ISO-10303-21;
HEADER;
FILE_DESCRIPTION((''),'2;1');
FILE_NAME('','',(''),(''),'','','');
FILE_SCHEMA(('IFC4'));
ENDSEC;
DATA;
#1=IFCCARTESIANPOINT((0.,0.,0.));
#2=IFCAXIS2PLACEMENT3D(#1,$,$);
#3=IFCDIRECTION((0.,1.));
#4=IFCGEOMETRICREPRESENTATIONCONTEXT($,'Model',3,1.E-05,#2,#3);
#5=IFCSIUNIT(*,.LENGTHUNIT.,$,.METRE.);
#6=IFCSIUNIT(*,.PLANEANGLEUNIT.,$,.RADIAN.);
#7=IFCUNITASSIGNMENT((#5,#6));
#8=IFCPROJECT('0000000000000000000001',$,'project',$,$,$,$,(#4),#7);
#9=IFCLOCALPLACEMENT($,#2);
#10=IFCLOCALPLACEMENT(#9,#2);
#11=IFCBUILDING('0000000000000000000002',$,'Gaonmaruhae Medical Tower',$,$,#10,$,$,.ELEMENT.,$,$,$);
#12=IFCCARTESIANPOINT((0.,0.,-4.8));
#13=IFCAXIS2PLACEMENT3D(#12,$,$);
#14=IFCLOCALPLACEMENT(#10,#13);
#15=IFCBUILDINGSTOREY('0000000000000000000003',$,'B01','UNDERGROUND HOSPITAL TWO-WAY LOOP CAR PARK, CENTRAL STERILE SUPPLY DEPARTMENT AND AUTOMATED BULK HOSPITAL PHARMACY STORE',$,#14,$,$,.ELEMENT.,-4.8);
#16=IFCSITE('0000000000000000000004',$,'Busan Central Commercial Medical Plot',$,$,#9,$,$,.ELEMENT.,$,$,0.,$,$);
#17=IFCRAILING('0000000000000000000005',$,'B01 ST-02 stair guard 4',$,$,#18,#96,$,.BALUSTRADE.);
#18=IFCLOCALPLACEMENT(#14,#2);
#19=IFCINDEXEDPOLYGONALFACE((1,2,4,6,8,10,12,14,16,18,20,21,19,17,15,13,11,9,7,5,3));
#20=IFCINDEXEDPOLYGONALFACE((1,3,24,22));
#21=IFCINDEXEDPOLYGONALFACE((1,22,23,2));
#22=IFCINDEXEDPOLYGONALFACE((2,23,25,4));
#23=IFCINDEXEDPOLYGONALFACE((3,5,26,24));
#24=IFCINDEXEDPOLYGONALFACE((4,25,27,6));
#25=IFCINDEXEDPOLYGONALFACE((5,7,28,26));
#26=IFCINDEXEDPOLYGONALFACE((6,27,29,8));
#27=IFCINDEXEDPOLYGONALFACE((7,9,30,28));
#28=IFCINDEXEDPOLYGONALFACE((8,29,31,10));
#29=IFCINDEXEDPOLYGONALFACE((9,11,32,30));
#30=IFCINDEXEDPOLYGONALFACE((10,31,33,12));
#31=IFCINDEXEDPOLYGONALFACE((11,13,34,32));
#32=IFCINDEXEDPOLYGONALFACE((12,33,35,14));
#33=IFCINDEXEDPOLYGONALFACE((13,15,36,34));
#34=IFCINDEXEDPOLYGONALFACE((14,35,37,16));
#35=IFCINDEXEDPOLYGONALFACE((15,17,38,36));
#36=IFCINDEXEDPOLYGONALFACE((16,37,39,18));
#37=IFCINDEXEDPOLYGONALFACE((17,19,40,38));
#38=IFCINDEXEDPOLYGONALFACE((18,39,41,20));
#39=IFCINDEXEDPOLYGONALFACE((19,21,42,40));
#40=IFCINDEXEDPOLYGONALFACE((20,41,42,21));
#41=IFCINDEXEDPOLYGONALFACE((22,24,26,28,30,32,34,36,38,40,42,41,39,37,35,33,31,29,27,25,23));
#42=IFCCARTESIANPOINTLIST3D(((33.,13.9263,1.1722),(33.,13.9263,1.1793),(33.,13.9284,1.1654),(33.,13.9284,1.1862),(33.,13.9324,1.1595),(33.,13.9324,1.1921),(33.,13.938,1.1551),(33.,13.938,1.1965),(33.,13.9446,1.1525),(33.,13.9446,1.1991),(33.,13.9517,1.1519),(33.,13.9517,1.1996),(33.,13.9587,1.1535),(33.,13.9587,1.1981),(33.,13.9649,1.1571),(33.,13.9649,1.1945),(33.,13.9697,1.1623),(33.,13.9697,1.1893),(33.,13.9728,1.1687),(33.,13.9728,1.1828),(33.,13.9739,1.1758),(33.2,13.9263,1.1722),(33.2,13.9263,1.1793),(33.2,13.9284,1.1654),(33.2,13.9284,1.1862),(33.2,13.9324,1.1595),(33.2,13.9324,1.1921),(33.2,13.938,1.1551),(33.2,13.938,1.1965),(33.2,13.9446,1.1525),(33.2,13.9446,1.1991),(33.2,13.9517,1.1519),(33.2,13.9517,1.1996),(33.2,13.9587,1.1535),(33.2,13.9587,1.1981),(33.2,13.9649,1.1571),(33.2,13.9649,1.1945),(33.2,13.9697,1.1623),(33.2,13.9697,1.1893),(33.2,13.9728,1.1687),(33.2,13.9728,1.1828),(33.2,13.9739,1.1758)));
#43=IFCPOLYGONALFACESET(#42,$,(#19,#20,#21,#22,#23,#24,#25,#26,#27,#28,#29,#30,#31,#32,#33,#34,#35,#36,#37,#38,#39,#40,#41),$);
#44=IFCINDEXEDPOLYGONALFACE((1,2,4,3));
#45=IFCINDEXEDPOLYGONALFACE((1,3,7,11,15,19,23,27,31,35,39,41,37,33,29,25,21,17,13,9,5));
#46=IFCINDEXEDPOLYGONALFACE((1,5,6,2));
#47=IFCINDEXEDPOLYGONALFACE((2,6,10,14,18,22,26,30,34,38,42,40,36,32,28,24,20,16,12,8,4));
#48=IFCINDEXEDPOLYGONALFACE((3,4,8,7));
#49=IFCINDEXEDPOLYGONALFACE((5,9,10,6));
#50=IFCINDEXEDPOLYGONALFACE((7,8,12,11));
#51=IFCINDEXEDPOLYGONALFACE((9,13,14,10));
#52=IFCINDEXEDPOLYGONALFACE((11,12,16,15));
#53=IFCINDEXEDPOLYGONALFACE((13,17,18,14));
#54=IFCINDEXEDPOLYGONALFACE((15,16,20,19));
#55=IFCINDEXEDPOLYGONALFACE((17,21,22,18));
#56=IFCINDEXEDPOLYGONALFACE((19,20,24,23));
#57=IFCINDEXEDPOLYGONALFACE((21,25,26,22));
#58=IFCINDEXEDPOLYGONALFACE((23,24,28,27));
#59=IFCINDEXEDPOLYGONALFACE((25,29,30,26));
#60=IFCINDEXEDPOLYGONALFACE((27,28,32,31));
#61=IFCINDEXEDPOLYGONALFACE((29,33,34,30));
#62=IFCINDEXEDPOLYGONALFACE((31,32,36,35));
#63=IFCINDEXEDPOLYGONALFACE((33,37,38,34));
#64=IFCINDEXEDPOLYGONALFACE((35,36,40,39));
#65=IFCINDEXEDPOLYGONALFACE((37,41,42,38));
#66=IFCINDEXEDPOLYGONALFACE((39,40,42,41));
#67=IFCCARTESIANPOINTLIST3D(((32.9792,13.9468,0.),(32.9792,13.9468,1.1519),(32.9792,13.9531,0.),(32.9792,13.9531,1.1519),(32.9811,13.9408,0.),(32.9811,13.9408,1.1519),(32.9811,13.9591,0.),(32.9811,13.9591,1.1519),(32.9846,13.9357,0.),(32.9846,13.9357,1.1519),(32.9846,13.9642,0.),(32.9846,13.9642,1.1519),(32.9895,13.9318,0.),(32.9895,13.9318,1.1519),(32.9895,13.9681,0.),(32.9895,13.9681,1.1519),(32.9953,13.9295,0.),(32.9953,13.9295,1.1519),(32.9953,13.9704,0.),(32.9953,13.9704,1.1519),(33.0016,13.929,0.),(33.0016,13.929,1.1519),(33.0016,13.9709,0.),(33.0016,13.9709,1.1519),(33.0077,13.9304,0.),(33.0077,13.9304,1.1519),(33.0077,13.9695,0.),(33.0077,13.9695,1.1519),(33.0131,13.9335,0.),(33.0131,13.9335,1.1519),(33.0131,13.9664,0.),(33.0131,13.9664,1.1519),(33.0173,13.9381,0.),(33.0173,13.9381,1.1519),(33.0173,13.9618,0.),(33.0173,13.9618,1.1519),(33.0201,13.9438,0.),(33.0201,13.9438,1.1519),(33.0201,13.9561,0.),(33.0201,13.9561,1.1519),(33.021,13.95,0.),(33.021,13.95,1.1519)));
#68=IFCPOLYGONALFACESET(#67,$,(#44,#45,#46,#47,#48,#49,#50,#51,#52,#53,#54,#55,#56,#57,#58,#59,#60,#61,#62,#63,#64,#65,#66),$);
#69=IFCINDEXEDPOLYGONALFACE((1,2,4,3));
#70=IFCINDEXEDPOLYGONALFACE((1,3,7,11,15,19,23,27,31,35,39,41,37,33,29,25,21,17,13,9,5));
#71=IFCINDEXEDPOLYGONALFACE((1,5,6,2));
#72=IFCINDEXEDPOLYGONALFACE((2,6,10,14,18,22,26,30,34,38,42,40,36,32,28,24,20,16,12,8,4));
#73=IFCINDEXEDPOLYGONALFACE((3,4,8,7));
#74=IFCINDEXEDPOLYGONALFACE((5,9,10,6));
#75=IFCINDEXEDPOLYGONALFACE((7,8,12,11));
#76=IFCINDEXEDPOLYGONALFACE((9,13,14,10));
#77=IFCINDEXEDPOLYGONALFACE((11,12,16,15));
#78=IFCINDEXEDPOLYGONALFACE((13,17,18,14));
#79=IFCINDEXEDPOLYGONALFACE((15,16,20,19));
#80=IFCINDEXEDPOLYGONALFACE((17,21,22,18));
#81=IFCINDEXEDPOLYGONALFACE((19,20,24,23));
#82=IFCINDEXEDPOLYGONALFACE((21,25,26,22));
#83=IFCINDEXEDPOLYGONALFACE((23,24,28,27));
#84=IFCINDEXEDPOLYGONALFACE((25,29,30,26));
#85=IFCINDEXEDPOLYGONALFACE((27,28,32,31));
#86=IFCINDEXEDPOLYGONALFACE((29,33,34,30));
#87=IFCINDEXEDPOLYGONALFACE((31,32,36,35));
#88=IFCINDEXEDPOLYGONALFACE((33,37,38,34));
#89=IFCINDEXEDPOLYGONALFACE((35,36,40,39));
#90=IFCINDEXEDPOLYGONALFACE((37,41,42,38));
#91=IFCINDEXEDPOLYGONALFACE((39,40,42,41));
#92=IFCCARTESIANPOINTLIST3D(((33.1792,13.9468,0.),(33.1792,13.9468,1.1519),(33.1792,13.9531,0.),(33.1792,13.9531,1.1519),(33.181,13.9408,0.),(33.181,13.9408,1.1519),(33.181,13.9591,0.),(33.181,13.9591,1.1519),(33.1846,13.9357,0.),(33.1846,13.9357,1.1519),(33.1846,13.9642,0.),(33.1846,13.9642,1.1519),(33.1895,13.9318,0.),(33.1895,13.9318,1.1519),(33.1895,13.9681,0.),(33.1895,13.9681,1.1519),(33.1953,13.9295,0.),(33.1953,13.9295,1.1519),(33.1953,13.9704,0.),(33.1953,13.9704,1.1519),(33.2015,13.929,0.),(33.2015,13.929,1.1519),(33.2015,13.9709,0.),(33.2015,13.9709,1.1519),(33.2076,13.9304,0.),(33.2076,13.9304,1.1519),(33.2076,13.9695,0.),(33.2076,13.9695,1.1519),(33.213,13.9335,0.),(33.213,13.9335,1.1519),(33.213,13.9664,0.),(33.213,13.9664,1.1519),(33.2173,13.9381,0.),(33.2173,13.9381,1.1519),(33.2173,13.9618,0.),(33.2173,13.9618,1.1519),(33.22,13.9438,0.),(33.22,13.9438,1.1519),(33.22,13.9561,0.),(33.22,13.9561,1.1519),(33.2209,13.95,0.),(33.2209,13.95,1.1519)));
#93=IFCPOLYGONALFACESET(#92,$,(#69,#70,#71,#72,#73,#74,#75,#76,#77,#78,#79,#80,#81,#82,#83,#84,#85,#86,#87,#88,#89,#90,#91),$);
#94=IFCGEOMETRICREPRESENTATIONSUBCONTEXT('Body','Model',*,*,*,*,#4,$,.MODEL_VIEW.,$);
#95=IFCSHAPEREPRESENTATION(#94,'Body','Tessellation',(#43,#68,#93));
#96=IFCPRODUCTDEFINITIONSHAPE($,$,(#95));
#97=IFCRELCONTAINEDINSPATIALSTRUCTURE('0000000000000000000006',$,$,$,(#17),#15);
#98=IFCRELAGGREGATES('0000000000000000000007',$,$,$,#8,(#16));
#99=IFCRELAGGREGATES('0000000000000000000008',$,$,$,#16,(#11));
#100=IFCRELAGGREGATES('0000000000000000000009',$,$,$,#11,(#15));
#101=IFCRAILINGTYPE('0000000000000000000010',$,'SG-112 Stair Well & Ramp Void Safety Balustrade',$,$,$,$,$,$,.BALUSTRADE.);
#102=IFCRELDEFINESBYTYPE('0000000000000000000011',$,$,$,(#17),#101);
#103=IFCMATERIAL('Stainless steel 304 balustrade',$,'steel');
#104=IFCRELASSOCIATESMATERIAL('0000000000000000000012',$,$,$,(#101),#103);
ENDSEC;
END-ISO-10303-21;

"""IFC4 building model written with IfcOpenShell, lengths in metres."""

from ifc_helpers import new_model, si_unit, direction, frame, origin, origin_2d, place, context, subcontext, project, spatial, circle, extrude, material, type_object, element, save


model = new_model("IFC4")

# Units and contexts
model_context = context("Model", 3, precision=1e-05, world=origin(), true_north=direction((0.0, 1.0)))
body_context = subcontext(model_context, "Body", "Model", "MODEL_VIEW")
ifc_project = project(units=[si_unit("LENGTHUNIT", "METRE"), si_unit("PLANEANGLEUNIT", "RADIAN")], contexts=[model_context])

# Site, building, storey
site_placement = place(None, origin())
site = spatial("IfcSite", under=ifc_project, at=site_placement, Name="Busan Central Commercial Medical Plot", CompositionType="ELEMENT", RefElevation=0.0)
building_placement = place(site_placement, origin())
building = spatial("IfcBuilding", under=site, at=building_placement, Name="Gaonmaruhae Medical Tower", CompositionType="ELEMENT")
storey_placement = place(building_placement, frame((0.0, 0.0, -4.8)))
storey = spatial("IfcBuildingStorey", under=building, at=storey_placement, Name="B01", Description="UNDERGROUND HOSPITAL TWO-WAY LOOP CAR PARK, CENTRAL STERILE SUPPLY DEPARTMENT AND AUTOMATED BULK HOSPITAL PHARMACY STORE", CompositionType="ELEMENT", Elevation=-4.8)

# Railing
ifc_material_1 = material(Name="Stainless steel 304 balustrade", Category="steel")
railing_type_1 = type_object("IfcRailingType", Name="SG-112 Stair Well & Ramp Void Safety Balustrade", PredefinedType="BALUSTRADE", material=ifc_material_1)
railing_1_placement = place(storey_placement, frame((33.0, 13.95, 0.0)))
element("IfcRailing", 1, at=railing_1_placement, inside=storey, type_object=railing_type_1, Name="B01 ST-02 stair guard 4", PredefinedType="BALUSTRADE", context=body_context, shape_type="SweptSolid", body=[
    extrude(circle(Radius=0.0239, at=origin_2d()), frame((0.0, 0.0, 1.1758), z_axis=(1.0, 0.0, 0.0), x_axis=(0.0, 1.0, 0.0)), (0.0, 0.0, 1.0), 0.2),
    extrude(circle(Radius=0.021, at=origin_2d()), origin(), (0.0, 0.0, 1.0), 1.1519),
    extrude(circle(Radius=0.021, at=origin_2d()), frame((0.2, 0.0, 0.0)), (0.0, 0.0, 1.0), 1.1519),
])

save(model, "model.ifc")
